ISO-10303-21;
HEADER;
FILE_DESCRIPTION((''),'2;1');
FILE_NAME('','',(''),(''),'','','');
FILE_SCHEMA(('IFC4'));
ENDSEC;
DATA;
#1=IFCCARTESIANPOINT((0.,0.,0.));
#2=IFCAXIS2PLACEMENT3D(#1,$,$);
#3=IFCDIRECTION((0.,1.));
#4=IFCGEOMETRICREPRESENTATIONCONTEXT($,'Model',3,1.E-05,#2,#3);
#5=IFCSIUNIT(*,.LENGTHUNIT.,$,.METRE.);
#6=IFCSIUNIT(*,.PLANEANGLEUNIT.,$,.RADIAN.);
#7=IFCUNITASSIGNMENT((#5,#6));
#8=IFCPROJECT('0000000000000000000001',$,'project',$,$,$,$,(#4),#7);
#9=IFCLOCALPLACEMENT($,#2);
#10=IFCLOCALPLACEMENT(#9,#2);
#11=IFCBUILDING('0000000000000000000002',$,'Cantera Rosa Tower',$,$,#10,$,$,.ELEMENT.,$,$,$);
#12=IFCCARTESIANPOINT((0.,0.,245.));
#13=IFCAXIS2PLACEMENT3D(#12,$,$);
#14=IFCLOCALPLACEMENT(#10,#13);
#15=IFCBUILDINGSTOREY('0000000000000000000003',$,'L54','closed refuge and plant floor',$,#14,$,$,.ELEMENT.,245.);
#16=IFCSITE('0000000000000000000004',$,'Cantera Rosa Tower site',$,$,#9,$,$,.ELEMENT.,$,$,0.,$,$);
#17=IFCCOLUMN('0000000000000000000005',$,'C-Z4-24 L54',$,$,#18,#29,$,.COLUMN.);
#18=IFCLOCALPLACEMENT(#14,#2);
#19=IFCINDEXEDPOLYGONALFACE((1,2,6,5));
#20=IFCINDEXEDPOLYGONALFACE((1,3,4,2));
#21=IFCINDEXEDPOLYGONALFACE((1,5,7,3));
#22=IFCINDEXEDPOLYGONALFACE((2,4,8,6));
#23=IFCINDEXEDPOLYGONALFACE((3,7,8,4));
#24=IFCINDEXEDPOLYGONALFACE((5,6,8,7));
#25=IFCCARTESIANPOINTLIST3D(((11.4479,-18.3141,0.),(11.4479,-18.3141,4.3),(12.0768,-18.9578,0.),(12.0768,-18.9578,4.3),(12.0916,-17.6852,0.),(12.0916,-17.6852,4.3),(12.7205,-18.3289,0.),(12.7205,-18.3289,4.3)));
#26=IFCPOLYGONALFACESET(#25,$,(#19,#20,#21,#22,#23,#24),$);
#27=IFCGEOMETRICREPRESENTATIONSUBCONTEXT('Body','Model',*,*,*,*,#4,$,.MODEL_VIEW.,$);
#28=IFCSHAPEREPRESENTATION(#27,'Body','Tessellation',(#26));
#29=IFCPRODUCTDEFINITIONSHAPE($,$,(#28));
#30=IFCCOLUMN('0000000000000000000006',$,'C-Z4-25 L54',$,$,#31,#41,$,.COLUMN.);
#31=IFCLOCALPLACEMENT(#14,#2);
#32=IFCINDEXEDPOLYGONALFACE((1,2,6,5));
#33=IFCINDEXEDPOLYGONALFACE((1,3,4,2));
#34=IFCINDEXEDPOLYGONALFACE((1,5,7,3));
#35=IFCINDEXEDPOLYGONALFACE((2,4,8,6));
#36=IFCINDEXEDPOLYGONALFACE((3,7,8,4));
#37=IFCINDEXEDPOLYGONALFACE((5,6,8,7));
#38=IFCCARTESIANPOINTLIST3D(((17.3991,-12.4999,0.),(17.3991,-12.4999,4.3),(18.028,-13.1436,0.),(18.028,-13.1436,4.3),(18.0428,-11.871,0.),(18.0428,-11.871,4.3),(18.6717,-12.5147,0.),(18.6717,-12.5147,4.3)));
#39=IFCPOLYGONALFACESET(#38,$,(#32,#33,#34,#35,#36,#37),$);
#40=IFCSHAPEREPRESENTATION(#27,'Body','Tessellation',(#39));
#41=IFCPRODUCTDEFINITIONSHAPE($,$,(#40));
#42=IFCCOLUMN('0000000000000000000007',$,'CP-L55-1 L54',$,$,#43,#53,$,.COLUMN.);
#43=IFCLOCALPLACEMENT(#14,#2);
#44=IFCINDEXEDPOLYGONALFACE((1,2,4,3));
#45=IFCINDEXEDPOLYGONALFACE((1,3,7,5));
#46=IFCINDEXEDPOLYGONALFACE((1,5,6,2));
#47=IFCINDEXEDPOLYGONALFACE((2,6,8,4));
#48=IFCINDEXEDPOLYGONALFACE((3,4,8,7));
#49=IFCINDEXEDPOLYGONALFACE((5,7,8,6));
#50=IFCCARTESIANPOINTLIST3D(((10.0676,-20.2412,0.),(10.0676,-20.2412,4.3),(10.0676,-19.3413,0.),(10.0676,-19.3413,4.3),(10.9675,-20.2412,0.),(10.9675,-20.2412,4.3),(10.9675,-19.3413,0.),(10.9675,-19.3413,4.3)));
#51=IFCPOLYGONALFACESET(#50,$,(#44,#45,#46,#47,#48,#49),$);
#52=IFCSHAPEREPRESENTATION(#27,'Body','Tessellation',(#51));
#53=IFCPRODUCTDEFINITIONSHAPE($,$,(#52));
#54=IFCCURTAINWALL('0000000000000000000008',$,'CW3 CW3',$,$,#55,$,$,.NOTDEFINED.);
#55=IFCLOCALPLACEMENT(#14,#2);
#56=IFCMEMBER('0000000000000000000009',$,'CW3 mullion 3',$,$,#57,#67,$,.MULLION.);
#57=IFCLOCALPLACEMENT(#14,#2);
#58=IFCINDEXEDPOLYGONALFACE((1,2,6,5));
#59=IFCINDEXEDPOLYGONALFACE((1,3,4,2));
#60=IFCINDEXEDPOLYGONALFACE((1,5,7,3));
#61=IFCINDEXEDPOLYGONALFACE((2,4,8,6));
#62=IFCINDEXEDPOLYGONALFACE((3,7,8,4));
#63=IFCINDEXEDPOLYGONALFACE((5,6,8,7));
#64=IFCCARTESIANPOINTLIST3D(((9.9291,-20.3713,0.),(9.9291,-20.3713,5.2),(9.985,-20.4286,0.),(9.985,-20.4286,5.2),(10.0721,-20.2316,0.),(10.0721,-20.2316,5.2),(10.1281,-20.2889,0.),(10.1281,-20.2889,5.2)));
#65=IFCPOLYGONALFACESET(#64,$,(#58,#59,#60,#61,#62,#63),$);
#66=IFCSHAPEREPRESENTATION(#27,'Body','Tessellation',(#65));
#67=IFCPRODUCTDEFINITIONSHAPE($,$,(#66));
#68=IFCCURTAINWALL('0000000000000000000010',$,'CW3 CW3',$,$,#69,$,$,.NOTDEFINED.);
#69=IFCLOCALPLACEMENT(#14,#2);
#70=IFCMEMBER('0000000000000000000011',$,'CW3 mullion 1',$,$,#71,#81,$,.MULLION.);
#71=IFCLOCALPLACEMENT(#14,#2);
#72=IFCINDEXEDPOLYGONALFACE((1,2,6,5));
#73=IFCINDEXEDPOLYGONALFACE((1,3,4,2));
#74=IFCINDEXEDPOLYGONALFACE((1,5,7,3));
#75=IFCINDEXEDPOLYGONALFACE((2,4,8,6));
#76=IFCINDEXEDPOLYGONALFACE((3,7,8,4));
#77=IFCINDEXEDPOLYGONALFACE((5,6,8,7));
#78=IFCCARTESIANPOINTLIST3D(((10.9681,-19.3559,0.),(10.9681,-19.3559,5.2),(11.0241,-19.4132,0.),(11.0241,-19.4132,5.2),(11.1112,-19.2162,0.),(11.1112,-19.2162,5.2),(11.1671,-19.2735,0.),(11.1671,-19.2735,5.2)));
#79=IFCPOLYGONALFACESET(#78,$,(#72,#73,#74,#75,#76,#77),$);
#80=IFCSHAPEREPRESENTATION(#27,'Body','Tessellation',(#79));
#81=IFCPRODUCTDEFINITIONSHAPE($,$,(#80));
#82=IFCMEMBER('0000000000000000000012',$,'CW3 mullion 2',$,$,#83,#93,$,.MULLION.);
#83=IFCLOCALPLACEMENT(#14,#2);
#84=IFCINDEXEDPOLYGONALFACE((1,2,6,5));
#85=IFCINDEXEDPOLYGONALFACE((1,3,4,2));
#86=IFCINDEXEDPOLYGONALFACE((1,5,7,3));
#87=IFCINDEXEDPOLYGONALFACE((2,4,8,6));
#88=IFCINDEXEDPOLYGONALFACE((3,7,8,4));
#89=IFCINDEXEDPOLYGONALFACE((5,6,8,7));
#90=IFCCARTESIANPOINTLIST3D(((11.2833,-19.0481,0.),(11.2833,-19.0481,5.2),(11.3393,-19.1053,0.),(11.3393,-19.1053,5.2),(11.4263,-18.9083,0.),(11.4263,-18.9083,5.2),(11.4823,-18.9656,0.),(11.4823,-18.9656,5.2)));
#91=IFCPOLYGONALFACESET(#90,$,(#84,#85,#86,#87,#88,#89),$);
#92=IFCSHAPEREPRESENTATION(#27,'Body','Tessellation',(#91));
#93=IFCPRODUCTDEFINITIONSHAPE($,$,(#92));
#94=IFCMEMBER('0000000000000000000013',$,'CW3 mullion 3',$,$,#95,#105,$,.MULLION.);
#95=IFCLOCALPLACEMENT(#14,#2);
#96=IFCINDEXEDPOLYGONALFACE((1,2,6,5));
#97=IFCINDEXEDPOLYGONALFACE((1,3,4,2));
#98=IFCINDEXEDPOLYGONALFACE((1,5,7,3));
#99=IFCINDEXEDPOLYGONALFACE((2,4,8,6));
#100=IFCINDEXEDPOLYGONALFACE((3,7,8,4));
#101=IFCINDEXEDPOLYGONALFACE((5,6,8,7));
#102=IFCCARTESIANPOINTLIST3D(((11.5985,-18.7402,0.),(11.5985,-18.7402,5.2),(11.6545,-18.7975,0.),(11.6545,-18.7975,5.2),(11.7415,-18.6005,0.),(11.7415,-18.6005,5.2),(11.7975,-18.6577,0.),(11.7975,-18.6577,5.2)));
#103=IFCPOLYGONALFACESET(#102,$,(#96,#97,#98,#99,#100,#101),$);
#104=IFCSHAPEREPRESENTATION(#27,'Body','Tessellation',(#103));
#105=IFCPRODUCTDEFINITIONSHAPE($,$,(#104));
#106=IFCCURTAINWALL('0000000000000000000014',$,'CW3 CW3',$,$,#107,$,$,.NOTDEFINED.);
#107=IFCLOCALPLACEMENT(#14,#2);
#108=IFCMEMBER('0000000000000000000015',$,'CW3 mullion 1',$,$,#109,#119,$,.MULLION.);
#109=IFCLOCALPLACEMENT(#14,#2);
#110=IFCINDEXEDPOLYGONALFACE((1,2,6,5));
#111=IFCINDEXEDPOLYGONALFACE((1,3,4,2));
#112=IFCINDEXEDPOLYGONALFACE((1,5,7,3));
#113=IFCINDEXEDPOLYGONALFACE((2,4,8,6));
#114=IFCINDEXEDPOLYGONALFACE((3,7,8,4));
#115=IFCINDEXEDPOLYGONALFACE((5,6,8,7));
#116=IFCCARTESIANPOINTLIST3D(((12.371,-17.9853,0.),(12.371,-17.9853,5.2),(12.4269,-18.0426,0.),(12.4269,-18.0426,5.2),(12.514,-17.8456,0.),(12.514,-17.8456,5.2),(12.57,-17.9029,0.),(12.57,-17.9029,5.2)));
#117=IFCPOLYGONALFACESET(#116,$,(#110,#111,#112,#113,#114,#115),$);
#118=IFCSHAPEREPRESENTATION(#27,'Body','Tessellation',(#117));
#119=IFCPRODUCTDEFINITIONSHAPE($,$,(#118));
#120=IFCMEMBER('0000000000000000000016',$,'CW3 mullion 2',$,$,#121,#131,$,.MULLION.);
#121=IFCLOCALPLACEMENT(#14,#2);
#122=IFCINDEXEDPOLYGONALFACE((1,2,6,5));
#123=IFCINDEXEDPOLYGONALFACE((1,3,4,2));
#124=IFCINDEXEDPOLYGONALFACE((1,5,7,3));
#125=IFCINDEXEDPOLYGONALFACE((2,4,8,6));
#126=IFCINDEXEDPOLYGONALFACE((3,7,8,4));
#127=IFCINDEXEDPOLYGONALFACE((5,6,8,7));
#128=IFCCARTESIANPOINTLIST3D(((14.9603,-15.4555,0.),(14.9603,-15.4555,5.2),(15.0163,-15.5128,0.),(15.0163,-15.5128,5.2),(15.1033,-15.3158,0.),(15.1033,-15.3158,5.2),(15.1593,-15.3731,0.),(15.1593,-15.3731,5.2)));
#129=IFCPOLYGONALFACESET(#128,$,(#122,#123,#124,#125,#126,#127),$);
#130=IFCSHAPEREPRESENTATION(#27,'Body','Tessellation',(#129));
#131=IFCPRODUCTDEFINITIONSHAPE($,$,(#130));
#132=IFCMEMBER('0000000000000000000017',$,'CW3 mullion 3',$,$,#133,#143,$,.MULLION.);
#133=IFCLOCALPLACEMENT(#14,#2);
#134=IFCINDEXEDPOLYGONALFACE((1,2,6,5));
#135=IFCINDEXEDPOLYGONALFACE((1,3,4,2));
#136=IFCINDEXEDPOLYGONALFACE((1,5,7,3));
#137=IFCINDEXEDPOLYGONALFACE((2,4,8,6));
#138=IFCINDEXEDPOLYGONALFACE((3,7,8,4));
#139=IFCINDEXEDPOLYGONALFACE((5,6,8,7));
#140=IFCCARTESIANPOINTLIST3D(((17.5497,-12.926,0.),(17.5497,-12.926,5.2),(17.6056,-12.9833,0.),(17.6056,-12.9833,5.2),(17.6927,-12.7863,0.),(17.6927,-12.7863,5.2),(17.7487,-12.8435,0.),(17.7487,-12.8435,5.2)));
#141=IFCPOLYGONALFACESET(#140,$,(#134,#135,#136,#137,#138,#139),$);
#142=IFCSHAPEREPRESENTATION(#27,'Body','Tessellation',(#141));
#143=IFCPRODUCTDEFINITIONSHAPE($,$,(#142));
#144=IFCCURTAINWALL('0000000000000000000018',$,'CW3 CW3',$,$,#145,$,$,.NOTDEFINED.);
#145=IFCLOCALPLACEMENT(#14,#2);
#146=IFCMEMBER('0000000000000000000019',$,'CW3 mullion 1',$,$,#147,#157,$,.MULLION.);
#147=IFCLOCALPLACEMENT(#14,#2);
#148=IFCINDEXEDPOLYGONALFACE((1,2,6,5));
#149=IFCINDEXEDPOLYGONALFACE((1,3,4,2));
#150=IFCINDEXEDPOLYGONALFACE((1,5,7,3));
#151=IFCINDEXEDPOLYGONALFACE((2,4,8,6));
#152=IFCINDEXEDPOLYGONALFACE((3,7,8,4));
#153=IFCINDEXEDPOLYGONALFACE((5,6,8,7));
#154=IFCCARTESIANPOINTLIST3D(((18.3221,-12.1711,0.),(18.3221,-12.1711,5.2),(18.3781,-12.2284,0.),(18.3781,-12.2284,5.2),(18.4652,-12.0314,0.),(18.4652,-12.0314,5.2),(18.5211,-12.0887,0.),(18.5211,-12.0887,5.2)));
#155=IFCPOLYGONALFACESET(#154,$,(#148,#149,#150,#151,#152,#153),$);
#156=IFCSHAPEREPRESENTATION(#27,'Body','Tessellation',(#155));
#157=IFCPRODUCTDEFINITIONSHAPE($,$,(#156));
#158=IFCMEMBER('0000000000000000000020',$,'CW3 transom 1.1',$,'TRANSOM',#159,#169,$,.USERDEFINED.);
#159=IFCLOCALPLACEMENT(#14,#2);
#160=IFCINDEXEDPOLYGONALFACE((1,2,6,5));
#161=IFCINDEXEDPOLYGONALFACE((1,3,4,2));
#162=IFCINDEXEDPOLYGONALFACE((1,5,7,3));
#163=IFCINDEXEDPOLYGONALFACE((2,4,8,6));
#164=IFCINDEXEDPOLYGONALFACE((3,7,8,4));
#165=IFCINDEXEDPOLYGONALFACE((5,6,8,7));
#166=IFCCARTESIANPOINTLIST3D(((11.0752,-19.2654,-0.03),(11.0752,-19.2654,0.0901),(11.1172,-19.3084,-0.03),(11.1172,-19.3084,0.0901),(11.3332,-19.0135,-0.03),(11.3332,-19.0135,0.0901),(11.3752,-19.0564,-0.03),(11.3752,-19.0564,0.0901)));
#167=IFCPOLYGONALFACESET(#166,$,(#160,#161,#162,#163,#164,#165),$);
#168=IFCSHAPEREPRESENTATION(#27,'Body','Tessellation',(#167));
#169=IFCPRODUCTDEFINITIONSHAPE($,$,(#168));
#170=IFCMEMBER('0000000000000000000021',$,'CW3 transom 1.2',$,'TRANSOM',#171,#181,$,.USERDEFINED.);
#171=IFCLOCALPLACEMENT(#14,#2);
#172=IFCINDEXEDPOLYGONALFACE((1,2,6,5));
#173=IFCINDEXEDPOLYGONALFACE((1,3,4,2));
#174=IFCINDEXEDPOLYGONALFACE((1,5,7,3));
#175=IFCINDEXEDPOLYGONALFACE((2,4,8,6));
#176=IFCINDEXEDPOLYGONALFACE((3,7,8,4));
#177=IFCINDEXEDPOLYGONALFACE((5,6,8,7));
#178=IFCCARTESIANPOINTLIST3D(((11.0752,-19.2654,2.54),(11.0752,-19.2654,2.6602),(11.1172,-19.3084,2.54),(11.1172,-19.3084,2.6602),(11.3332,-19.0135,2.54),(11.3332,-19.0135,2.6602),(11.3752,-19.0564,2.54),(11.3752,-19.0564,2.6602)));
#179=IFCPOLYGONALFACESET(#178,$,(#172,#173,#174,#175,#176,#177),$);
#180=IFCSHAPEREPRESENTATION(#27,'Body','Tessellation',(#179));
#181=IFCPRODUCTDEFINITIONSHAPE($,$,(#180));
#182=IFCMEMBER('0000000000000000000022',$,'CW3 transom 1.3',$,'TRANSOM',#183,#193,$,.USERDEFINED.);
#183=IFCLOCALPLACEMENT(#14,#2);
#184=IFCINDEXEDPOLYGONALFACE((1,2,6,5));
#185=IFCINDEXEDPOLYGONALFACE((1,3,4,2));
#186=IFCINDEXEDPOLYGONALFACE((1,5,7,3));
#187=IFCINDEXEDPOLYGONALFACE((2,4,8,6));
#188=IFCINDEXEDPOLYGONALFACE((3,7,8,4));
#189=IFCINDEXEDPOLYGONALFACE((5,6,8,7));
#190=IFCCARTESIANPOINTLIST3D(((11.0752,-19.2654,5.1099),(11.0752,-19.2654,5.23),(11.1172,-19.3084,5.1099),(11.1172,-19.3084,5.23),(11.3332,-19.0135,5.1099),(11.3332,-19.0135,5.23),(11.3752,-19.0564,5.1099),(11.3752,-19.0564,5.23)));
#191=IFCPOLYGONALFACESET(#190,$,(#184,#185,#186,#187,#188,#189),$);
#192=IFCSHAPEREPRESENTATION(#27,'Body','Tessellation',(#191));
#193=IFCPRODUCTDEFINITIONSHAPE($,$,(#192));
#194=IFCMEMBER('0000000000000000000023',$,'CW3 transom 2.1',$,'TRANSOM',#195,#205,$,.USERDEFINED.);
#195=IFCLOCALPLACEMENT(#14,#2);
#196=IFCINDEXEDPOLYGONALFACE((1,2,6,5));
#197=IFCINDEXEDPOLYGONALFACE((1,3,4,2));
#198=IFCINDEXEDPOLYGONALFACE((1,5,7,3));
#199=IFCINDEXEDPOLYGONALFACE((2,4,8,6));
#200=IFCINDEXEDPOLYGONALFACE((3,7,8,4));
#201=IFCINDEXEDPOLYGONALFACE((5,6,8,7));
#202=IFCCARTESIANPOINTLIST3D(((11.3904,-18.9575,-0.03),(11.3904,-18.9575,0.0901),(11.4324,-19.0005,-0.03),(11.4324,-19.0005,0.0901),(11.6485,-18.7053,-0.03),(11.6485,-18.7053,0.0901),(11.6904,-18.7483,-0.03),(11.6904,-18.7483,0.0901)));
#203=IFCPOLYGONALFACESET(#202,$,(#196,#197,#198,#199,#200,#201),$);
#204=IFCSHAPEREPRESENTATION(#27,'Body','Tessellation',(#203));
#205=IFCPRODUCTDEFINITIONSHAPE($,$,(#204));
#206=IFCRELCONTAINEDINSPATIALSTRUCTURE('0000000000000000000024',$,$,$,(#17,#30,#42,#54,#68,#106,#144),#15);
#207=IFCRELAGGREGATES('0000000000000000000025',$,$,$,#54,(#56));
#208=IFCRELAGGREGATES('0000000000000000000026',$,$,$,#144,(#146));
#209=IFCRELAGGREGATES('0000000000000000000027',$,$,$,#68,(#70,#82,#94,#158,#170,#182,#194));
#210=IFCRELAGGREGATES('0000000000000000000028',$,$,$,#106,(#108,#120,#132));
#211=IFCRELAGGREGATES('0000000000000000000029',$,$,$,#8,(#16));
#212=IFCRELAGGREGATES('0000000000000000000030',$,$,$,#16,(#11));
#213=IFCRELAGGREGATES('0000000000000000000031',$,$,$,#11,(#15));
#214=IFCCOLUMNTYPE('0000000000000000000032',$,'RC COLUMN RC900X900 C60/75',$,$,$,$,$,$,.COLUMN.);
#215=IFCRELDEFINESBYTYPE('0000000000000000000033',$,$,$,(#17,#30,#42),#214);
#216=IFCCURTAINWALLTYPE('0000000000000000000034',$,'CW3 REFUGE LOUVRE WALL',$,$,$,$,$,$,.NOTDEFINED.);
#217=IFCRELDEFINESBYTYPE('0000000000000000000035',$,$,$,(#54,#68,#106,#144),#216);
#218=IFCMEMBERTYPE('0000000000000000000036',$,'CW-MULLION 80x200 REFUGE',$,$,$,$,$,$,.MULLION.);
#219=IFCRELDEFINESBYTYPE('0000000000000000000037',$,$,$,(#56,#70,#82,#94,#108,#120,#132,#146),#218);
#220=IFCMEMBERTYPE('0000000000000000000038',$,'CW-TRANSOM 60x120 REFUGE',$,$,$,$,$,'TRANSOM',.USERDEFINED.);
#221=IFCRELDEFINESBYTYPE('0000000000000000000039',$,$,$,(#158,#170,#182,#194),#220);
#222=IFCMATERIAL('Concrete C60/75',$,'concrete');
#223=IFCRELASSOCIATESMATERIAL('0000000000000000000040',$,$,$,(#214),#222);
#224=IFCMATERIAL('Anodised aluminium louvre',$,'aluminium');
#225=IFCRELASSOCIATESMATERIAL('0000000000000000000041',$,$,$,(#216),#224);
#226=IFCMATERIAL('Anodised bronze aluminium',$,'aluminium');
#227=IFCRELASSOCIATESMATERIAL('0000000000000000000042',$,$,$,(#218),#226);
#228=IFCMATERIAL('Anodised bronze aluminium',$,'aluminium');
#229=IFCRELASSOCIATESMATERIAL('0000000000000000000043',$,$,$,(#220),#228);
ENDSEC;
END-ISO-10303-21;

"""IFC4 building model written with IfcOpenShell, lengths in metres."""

from ifc_helpers import new_model, si_unit, direction, frame, origin, origin_2d, place, context, subcontext, project, spatial, rectangle, extrude, material, material_profile, profile_set, type_object, element, aggregate, save


model = new_model("IFC4")

# Units and contexts
model_context = context("Model", 3, precision=1e-05, world=origin(), true_north=direction((0.0, 1.0)))
body_context = subcontext(model_context, "Body", "Model", "MODEL_VIEW")
ifc_project = project(units=[si_unit("LENGTHUNIT", "METRE"), si_unit("PLANEANGLEUNIT", "RADIAN")], contexts=[model_context])

# Site, building, storey
site_placement = place(None, origin())
site = spatial("IfcSite", under=ifc_project, at=site_placement, Name="Cantera Rosa Tower site", CompositionType="ELEMENT", RefElevation=0.0)
building_placement = place(site_placement, origin())
building = spatial("IfcBuilding", under=site, at=building_placement, Name="Cantera Rosa Tower", CompositionType="ELEMENT")
storey_placement = place(building_placement, frame((0.0, 0.0, 245.0)))
storey = spatial("IfcBuildingStorey", under=building, at=storey_placement, Name="L54", Description="closed refuge and plant floor", CompositionType="ELEMENT", Elevation=245.0)

# Columns
ifc_material_1 = material(Name="Concrete C60/75", Category="concrete")
ifc_material_profile_1 = material_profile(ifc_material_1, rectangle(XDim=0.8999, YDim=0.8999, at=origin_2d()), Name="RC COLUMN RC900X900 C60/75")
ifc_profile_set_1 = profile_set([ifc_material_profile_1], Name="Concrete C60/75")
column_type = type_object("IfcColumnType", Name="RC COLUMN RC900X900 C60/75", PredefinedType="COLUMN", material=ifc_profile_set_1)
for number, where, z_axis, x_axis, name in (
    (1, (12.0842, -18.3215, 0.0), (0.0, 0.0, 1.0), (0.715286, 0.698832, 0.0), "C-Z4-24 L54"),
    (2, (18.0354, -12.5073, 0.0), (0.0, 0.0, 1.0), (0.715286, 0.698832, 0.0), "C-Z4-25 L54"),
    (3, (10.5176, -19.7913, 0.0), (0.0, 0.0, 1.0), (1.0, 0.0, 0.0), "CP-L55-1 L54"),
):
    element("IfcColumn", number, at=place(storey_placement, frame(where, z_axis=z_axis, x_axis=x_axis)), inside=storey, type_object=column_type, Name=name, PredefinedType="COLUMN", context=body_context, shape_type="SweptSolid", body=[
        extrude(rectangle(XDim=0.8999, YDim=0.8999, at=origin_2d()), origin(), (0.0, 0.0, 1.0), 4.3),
    ])

# Curtain wall, member
ifc_material_2 = material(Name="Anodised aluminium louvre", Category="aluminium")
curtain_wall_type = type_object("IfcCurtainWallType", Name="CW3 REFUGE LOUVRE WALL", PredefinedType="NOTDEFINED", material=ifc_material_2)
curtain_wall_1_placement = place(storey_placement, origin())
curtain_wall_1 = element("IfcCurtainWall", 4, at=curtain_wall_1_placement, inside=storey, type_object=curtain_wall_type, Name="CW3 CW3", PredefinedType="NOTDEFINED")
ifc_material_3 = material(Name="Anodised bronze aluminium", Category="aluminium")
ifc_material_profile_2 = material_profile(ifc_material_3, rectangle(XDim=0.0801, YDim=0.2, at=origin_2d()), Name="CW-MULLION 80x200 REFUGE")
ifc_profile_set_2 = profile_set([ifc_material_profile_2], Name="Anodised bronze aluminium")
member_type_1 = type_object("IfcMemberType", Name="CW-MULLION 80x200 REFUGE", PredefinedType="MULLION", material=ifc_profile_set_2)
member_1_placement = place(storey_placement, frame((10.0286, -20.3301, 0.0), z_axis=(0.0, 0.0, 1.0), x_axis=(-0.698832, 0.715286, 0.0)))
member_1 = element("IfcMember", 5, at=member_1_placement, type_object=member_type_1, Name="CW3 mullion 3", PredefinedType="MULLION", context=body_context, shape_type="SweptSolid", body=[
    extrude(rectangle(XDim=0.0801, YDim=0.2, at=origin_2d()), origin(), (0.0, 0.0, 1.0), 5.2),
])
aggregate(curtain_wall_1, [member_1])

# Curtain walls, members
curtain_wall_2_placement = place(storey_placement, origin())
curtain_wall_2 = element("IfcCurtainWall", 6, at=curtain_wall_2_placement, inside=storey, type_object=curtain_wall_type, Name="CW3 CW3", PredefinedType="NOTDEFINED")
member_2_placement = place(storey_placement, frame((11.0676, -19.3147, 0.0), z_axis=(0.0, 0.0, 1.0), x_axis=(-0.698832, 0.715286, 0.0)))
member_2 = element("IfcMember", 7, at=member_2_placement, type_object=member_type_1, Name="CW3 mullion 1", PredefinedType="MULLION", context=body_context, shape_type="SweptSolid", body=[
    extrude(rectangle(XDim=0.0801, YDim=0.2, at=origin_2d()), origin(), (0.0, 0.0, 1.0), 5.2),
])
member_3_placement = place(storey_placement, frame((11.3828, -19.0068, 0.0), z_axis=(0.0, 0.0, 1.0), x_axis=(-0.698832, 0.715286, 0.0)))
member_3 = element("IfcMember", 8, at=member_3_placement, type_object=member_type_1, Name="CW3 mullion 2", PredefinedType="MULLION", context=body_context, shape_type="SweptSolid", body=[
    extrude(rectangle(XDim=0.0801, YDim=0.2, at=origin_2d()), origin(), (0.0, 0.0, 1.0), 5.2),
])
member_4_placement = place(storey_placement, frame((11.698, -18.699, 0.0), z_axis=(0.0, 0.0, 1.0), x_axis=(-0.698832, 0.715286, 0.0)))
member_4 = element("IfcMember", 9, at=member_4_placement, type_object=member_type_1, Name="CW3 mullion 3", PredefinedType="MULLION", context=body_context, shape_type="SweptSolid", body=[
    extrude(rectangle(XDim=0.0801, YDim=0.2, at=origin_2d()), origin(), (0.0, 0.0, 1.0), 5.2),
])
curtain_wall_3_placement = place(storey_placement, origin())
curtain_wall_3 = element("IfcCurtainWall", 10, at=curtain_wall_3_placement, inside=storey, type_object=curtain_wall_type, Name="CW3 CW3", PredefinedType="NOTDEFINED")
member_5_placement = place(storey_placement, frame((12.4705, -17.9441, 0.0), z_axis=(0.0, 0.0, 1.0), x_axis=(-0.698832, 0.715286, 0.0)))
member_5 = element("IfcMember", 11, at=member_5_placement, type_object=member_type_1, Name="CW3 mullion 1", PredefinedType="MULLION", context=body_context, shape_type="SweptSolid", body=[
    extrude(rectangle(XDim=0.0801, YDim=0.2, at=origin_2d()), origin(), (0.0, 0.0, 1.0), 5.2),
])
member_6_placement = place(storey_placement, frame((15.0598, -15.4143, 0.0), z_axis=(0.0, 0.0, 1.0), x_axis=(-0.698832, 0.715286, 0.0)))
member_6 = element("IfcMember", 12, at=member_6_placement, type_object=member_type_1, Name="CW3 mullion 2", PredefinedType="MULLION", context=body_context, shape_type="SweptSolid", body=[
    extrude(rectangle(XDim=0.0801, YDim=0.2, at=origin_2d()), origin(), (0.0, 0.0, 1.0), 5.2),
])
member_7_placement = place(storey_placement, frame((17.6492, -12.8848, 0.0), z_axis=(0.0, 0.0, 1.0), x_axis=(-0.698832, 0.715286, 0.0)))
member_7 = element("IfcMember", 13, at=member_7_placement, type_object=member_type_1, Name="CW3 mullion 3", PredefinedType="MULLION", context=body_context, shape_type="SweptSolid", body=[
    extrude(rectangle(XDim=0.0801, YDim=0.2, at=origin_2d()), origin(), (0.0, 0.0, 1.0), 5.2),
])

# Curtain wall, member
curtain_wall_4_placement = place(storey_placement, origin())
curtain_wall_4 = element("IfcCurtainWall", 14, at=curtain_wall_4_placement, inside=storey, type_object=curtain_wall_type, Name="CW3 CW3", PredefinedType="NOTDEFINED")
member_8_placement = place(storey_placement, frame((18.4216, -12.1299, 0.0), z_axis=(0.0, 0.0, 1.0), x_axis=(-0.698832, 0.715286, 0.0)))
member_8 = element("IfcMember", 15, at=member_8_placement, type_object=member_type_1, Name="CW3 mullion 1", PredefinedType="MULLION", context=body_context, shape_type="SweptSolid", body=[
    extrude(rectangle(XDim=0.0801, YDim=0.2, at=origin_2d()), origin(), (0.0, 0.0, 1.0), 5.2),
])

# Members
ifc_material_4 = material(Name="Anodised bronze aluminium", Category="aluminium")
ifc_material_profile_3 = material_profile(ifc_material_4, rectangle(XDim=0.0601, YDim=0.1201, at=origin_2d()), Name="CW-TRANSOM 60x120 REFUGE")
ifc_profile_set_3 = profile_set([ifc_material_profile_3], Name="Anodised bronze aluminium")
member_type_2 = type_object("IfcMemberType", Name="CW-TRANSOM 60x120 REFUGE", ElementType="TRANSOM", PredefinedType="USERDEFINED", material=ifc_profile_set_3)
member_9_placement = place(storey_placement, frame((11.0962, -19.2869, 0.03), z_axis=(0.715518, 0.698594, 0.0), x_axis=(-0.698594, 0.715518, 0.0)))
member_9 = element("IfcMember", 16, at=member_9_placement, type_object=member_type_2, Name="CW3 transom 1.1", ObjectType="TRANSOM", PredefinedType="USERDEFINED", context=body_context, shape_type="SweptSolid", body=[
    extrude(rectangle(XDim=0.0601, YDim=0.1201, at=origin_2d()), origin(), (0.0, 0.0, 1.0), 0.3606),
])
member_10_placement = place(storey_placement, frame((11.0962, -19.2869, 2.6001), z_axis=(0.715518, 0.698594, 0.0), x_axis=(-0.698594, 0.715518, 0.0)))
member_10 = element("IfcMember", 17, at=member_10_placement, type_object=member_type_2, Name="CW3 transom 1.2", ObjectType="TRANSOM", PredefinedType="USERDEFINED", context=body_context, shape_type="SweptSolid", body=[
    extrude(rectangle(XDim=0.0601, YDim=0.1201, at=origin_2d()), origin(), (0.0, 0.0, 1.0), 0.3606),
])
member_11_placement = place(storey_placement, frame((11.0962, -19.2869, 5.1699), z_axis=(0.715518, 0.698594, 0.0), x_axis=(-0.698594, 0.715518, 0.0)))
member_11 = element("IfcMember", 18, at=member_11_placement, type_object=member_type_2, Name="CW3 transom 1.3", ObjectType="TRANSOM", PredefinedType="USERDEFINED", context=body_context, shape_type="SweptSolid", body=[
    extrude(rectangle(XDim=0.0601, YDim=0.1201, at=origin_2d()), origin(), (0.0, 0.0, 1.0), 0.3606),
])
member_12_placement = place(storey_placement, frame((11.4114, -18.979, 0.03), z_axis=(0.71518, 0.698941, 0.0), x_axis=(-0.698941, 0.71518, 0.0)))
member_12 = element("IfcMember", 19, at=member_12_placement, type_object=member_type_2, Name="CW3 transom 2.1", ObjectType="TRANSOM", PredefinedType="USERDEFINED", context=body_context, shape_type="SweptSolid", body=[
    extrude(rectangle(XDim=0.0601, YDim=0.1201, at=origin_2d()), origin(), (0.0, 0.0, 1.0), 0.3608),
])
aggregate(curtain_wall_4, [member_8])

aggregate(curtain_wall_2, [member_2, member_3, member_4, member_9, member_10, member_11, member_12])
aggregate(curtain_wall_3, [member_5, member_6, member_7])

save(model, "model.ifc")
